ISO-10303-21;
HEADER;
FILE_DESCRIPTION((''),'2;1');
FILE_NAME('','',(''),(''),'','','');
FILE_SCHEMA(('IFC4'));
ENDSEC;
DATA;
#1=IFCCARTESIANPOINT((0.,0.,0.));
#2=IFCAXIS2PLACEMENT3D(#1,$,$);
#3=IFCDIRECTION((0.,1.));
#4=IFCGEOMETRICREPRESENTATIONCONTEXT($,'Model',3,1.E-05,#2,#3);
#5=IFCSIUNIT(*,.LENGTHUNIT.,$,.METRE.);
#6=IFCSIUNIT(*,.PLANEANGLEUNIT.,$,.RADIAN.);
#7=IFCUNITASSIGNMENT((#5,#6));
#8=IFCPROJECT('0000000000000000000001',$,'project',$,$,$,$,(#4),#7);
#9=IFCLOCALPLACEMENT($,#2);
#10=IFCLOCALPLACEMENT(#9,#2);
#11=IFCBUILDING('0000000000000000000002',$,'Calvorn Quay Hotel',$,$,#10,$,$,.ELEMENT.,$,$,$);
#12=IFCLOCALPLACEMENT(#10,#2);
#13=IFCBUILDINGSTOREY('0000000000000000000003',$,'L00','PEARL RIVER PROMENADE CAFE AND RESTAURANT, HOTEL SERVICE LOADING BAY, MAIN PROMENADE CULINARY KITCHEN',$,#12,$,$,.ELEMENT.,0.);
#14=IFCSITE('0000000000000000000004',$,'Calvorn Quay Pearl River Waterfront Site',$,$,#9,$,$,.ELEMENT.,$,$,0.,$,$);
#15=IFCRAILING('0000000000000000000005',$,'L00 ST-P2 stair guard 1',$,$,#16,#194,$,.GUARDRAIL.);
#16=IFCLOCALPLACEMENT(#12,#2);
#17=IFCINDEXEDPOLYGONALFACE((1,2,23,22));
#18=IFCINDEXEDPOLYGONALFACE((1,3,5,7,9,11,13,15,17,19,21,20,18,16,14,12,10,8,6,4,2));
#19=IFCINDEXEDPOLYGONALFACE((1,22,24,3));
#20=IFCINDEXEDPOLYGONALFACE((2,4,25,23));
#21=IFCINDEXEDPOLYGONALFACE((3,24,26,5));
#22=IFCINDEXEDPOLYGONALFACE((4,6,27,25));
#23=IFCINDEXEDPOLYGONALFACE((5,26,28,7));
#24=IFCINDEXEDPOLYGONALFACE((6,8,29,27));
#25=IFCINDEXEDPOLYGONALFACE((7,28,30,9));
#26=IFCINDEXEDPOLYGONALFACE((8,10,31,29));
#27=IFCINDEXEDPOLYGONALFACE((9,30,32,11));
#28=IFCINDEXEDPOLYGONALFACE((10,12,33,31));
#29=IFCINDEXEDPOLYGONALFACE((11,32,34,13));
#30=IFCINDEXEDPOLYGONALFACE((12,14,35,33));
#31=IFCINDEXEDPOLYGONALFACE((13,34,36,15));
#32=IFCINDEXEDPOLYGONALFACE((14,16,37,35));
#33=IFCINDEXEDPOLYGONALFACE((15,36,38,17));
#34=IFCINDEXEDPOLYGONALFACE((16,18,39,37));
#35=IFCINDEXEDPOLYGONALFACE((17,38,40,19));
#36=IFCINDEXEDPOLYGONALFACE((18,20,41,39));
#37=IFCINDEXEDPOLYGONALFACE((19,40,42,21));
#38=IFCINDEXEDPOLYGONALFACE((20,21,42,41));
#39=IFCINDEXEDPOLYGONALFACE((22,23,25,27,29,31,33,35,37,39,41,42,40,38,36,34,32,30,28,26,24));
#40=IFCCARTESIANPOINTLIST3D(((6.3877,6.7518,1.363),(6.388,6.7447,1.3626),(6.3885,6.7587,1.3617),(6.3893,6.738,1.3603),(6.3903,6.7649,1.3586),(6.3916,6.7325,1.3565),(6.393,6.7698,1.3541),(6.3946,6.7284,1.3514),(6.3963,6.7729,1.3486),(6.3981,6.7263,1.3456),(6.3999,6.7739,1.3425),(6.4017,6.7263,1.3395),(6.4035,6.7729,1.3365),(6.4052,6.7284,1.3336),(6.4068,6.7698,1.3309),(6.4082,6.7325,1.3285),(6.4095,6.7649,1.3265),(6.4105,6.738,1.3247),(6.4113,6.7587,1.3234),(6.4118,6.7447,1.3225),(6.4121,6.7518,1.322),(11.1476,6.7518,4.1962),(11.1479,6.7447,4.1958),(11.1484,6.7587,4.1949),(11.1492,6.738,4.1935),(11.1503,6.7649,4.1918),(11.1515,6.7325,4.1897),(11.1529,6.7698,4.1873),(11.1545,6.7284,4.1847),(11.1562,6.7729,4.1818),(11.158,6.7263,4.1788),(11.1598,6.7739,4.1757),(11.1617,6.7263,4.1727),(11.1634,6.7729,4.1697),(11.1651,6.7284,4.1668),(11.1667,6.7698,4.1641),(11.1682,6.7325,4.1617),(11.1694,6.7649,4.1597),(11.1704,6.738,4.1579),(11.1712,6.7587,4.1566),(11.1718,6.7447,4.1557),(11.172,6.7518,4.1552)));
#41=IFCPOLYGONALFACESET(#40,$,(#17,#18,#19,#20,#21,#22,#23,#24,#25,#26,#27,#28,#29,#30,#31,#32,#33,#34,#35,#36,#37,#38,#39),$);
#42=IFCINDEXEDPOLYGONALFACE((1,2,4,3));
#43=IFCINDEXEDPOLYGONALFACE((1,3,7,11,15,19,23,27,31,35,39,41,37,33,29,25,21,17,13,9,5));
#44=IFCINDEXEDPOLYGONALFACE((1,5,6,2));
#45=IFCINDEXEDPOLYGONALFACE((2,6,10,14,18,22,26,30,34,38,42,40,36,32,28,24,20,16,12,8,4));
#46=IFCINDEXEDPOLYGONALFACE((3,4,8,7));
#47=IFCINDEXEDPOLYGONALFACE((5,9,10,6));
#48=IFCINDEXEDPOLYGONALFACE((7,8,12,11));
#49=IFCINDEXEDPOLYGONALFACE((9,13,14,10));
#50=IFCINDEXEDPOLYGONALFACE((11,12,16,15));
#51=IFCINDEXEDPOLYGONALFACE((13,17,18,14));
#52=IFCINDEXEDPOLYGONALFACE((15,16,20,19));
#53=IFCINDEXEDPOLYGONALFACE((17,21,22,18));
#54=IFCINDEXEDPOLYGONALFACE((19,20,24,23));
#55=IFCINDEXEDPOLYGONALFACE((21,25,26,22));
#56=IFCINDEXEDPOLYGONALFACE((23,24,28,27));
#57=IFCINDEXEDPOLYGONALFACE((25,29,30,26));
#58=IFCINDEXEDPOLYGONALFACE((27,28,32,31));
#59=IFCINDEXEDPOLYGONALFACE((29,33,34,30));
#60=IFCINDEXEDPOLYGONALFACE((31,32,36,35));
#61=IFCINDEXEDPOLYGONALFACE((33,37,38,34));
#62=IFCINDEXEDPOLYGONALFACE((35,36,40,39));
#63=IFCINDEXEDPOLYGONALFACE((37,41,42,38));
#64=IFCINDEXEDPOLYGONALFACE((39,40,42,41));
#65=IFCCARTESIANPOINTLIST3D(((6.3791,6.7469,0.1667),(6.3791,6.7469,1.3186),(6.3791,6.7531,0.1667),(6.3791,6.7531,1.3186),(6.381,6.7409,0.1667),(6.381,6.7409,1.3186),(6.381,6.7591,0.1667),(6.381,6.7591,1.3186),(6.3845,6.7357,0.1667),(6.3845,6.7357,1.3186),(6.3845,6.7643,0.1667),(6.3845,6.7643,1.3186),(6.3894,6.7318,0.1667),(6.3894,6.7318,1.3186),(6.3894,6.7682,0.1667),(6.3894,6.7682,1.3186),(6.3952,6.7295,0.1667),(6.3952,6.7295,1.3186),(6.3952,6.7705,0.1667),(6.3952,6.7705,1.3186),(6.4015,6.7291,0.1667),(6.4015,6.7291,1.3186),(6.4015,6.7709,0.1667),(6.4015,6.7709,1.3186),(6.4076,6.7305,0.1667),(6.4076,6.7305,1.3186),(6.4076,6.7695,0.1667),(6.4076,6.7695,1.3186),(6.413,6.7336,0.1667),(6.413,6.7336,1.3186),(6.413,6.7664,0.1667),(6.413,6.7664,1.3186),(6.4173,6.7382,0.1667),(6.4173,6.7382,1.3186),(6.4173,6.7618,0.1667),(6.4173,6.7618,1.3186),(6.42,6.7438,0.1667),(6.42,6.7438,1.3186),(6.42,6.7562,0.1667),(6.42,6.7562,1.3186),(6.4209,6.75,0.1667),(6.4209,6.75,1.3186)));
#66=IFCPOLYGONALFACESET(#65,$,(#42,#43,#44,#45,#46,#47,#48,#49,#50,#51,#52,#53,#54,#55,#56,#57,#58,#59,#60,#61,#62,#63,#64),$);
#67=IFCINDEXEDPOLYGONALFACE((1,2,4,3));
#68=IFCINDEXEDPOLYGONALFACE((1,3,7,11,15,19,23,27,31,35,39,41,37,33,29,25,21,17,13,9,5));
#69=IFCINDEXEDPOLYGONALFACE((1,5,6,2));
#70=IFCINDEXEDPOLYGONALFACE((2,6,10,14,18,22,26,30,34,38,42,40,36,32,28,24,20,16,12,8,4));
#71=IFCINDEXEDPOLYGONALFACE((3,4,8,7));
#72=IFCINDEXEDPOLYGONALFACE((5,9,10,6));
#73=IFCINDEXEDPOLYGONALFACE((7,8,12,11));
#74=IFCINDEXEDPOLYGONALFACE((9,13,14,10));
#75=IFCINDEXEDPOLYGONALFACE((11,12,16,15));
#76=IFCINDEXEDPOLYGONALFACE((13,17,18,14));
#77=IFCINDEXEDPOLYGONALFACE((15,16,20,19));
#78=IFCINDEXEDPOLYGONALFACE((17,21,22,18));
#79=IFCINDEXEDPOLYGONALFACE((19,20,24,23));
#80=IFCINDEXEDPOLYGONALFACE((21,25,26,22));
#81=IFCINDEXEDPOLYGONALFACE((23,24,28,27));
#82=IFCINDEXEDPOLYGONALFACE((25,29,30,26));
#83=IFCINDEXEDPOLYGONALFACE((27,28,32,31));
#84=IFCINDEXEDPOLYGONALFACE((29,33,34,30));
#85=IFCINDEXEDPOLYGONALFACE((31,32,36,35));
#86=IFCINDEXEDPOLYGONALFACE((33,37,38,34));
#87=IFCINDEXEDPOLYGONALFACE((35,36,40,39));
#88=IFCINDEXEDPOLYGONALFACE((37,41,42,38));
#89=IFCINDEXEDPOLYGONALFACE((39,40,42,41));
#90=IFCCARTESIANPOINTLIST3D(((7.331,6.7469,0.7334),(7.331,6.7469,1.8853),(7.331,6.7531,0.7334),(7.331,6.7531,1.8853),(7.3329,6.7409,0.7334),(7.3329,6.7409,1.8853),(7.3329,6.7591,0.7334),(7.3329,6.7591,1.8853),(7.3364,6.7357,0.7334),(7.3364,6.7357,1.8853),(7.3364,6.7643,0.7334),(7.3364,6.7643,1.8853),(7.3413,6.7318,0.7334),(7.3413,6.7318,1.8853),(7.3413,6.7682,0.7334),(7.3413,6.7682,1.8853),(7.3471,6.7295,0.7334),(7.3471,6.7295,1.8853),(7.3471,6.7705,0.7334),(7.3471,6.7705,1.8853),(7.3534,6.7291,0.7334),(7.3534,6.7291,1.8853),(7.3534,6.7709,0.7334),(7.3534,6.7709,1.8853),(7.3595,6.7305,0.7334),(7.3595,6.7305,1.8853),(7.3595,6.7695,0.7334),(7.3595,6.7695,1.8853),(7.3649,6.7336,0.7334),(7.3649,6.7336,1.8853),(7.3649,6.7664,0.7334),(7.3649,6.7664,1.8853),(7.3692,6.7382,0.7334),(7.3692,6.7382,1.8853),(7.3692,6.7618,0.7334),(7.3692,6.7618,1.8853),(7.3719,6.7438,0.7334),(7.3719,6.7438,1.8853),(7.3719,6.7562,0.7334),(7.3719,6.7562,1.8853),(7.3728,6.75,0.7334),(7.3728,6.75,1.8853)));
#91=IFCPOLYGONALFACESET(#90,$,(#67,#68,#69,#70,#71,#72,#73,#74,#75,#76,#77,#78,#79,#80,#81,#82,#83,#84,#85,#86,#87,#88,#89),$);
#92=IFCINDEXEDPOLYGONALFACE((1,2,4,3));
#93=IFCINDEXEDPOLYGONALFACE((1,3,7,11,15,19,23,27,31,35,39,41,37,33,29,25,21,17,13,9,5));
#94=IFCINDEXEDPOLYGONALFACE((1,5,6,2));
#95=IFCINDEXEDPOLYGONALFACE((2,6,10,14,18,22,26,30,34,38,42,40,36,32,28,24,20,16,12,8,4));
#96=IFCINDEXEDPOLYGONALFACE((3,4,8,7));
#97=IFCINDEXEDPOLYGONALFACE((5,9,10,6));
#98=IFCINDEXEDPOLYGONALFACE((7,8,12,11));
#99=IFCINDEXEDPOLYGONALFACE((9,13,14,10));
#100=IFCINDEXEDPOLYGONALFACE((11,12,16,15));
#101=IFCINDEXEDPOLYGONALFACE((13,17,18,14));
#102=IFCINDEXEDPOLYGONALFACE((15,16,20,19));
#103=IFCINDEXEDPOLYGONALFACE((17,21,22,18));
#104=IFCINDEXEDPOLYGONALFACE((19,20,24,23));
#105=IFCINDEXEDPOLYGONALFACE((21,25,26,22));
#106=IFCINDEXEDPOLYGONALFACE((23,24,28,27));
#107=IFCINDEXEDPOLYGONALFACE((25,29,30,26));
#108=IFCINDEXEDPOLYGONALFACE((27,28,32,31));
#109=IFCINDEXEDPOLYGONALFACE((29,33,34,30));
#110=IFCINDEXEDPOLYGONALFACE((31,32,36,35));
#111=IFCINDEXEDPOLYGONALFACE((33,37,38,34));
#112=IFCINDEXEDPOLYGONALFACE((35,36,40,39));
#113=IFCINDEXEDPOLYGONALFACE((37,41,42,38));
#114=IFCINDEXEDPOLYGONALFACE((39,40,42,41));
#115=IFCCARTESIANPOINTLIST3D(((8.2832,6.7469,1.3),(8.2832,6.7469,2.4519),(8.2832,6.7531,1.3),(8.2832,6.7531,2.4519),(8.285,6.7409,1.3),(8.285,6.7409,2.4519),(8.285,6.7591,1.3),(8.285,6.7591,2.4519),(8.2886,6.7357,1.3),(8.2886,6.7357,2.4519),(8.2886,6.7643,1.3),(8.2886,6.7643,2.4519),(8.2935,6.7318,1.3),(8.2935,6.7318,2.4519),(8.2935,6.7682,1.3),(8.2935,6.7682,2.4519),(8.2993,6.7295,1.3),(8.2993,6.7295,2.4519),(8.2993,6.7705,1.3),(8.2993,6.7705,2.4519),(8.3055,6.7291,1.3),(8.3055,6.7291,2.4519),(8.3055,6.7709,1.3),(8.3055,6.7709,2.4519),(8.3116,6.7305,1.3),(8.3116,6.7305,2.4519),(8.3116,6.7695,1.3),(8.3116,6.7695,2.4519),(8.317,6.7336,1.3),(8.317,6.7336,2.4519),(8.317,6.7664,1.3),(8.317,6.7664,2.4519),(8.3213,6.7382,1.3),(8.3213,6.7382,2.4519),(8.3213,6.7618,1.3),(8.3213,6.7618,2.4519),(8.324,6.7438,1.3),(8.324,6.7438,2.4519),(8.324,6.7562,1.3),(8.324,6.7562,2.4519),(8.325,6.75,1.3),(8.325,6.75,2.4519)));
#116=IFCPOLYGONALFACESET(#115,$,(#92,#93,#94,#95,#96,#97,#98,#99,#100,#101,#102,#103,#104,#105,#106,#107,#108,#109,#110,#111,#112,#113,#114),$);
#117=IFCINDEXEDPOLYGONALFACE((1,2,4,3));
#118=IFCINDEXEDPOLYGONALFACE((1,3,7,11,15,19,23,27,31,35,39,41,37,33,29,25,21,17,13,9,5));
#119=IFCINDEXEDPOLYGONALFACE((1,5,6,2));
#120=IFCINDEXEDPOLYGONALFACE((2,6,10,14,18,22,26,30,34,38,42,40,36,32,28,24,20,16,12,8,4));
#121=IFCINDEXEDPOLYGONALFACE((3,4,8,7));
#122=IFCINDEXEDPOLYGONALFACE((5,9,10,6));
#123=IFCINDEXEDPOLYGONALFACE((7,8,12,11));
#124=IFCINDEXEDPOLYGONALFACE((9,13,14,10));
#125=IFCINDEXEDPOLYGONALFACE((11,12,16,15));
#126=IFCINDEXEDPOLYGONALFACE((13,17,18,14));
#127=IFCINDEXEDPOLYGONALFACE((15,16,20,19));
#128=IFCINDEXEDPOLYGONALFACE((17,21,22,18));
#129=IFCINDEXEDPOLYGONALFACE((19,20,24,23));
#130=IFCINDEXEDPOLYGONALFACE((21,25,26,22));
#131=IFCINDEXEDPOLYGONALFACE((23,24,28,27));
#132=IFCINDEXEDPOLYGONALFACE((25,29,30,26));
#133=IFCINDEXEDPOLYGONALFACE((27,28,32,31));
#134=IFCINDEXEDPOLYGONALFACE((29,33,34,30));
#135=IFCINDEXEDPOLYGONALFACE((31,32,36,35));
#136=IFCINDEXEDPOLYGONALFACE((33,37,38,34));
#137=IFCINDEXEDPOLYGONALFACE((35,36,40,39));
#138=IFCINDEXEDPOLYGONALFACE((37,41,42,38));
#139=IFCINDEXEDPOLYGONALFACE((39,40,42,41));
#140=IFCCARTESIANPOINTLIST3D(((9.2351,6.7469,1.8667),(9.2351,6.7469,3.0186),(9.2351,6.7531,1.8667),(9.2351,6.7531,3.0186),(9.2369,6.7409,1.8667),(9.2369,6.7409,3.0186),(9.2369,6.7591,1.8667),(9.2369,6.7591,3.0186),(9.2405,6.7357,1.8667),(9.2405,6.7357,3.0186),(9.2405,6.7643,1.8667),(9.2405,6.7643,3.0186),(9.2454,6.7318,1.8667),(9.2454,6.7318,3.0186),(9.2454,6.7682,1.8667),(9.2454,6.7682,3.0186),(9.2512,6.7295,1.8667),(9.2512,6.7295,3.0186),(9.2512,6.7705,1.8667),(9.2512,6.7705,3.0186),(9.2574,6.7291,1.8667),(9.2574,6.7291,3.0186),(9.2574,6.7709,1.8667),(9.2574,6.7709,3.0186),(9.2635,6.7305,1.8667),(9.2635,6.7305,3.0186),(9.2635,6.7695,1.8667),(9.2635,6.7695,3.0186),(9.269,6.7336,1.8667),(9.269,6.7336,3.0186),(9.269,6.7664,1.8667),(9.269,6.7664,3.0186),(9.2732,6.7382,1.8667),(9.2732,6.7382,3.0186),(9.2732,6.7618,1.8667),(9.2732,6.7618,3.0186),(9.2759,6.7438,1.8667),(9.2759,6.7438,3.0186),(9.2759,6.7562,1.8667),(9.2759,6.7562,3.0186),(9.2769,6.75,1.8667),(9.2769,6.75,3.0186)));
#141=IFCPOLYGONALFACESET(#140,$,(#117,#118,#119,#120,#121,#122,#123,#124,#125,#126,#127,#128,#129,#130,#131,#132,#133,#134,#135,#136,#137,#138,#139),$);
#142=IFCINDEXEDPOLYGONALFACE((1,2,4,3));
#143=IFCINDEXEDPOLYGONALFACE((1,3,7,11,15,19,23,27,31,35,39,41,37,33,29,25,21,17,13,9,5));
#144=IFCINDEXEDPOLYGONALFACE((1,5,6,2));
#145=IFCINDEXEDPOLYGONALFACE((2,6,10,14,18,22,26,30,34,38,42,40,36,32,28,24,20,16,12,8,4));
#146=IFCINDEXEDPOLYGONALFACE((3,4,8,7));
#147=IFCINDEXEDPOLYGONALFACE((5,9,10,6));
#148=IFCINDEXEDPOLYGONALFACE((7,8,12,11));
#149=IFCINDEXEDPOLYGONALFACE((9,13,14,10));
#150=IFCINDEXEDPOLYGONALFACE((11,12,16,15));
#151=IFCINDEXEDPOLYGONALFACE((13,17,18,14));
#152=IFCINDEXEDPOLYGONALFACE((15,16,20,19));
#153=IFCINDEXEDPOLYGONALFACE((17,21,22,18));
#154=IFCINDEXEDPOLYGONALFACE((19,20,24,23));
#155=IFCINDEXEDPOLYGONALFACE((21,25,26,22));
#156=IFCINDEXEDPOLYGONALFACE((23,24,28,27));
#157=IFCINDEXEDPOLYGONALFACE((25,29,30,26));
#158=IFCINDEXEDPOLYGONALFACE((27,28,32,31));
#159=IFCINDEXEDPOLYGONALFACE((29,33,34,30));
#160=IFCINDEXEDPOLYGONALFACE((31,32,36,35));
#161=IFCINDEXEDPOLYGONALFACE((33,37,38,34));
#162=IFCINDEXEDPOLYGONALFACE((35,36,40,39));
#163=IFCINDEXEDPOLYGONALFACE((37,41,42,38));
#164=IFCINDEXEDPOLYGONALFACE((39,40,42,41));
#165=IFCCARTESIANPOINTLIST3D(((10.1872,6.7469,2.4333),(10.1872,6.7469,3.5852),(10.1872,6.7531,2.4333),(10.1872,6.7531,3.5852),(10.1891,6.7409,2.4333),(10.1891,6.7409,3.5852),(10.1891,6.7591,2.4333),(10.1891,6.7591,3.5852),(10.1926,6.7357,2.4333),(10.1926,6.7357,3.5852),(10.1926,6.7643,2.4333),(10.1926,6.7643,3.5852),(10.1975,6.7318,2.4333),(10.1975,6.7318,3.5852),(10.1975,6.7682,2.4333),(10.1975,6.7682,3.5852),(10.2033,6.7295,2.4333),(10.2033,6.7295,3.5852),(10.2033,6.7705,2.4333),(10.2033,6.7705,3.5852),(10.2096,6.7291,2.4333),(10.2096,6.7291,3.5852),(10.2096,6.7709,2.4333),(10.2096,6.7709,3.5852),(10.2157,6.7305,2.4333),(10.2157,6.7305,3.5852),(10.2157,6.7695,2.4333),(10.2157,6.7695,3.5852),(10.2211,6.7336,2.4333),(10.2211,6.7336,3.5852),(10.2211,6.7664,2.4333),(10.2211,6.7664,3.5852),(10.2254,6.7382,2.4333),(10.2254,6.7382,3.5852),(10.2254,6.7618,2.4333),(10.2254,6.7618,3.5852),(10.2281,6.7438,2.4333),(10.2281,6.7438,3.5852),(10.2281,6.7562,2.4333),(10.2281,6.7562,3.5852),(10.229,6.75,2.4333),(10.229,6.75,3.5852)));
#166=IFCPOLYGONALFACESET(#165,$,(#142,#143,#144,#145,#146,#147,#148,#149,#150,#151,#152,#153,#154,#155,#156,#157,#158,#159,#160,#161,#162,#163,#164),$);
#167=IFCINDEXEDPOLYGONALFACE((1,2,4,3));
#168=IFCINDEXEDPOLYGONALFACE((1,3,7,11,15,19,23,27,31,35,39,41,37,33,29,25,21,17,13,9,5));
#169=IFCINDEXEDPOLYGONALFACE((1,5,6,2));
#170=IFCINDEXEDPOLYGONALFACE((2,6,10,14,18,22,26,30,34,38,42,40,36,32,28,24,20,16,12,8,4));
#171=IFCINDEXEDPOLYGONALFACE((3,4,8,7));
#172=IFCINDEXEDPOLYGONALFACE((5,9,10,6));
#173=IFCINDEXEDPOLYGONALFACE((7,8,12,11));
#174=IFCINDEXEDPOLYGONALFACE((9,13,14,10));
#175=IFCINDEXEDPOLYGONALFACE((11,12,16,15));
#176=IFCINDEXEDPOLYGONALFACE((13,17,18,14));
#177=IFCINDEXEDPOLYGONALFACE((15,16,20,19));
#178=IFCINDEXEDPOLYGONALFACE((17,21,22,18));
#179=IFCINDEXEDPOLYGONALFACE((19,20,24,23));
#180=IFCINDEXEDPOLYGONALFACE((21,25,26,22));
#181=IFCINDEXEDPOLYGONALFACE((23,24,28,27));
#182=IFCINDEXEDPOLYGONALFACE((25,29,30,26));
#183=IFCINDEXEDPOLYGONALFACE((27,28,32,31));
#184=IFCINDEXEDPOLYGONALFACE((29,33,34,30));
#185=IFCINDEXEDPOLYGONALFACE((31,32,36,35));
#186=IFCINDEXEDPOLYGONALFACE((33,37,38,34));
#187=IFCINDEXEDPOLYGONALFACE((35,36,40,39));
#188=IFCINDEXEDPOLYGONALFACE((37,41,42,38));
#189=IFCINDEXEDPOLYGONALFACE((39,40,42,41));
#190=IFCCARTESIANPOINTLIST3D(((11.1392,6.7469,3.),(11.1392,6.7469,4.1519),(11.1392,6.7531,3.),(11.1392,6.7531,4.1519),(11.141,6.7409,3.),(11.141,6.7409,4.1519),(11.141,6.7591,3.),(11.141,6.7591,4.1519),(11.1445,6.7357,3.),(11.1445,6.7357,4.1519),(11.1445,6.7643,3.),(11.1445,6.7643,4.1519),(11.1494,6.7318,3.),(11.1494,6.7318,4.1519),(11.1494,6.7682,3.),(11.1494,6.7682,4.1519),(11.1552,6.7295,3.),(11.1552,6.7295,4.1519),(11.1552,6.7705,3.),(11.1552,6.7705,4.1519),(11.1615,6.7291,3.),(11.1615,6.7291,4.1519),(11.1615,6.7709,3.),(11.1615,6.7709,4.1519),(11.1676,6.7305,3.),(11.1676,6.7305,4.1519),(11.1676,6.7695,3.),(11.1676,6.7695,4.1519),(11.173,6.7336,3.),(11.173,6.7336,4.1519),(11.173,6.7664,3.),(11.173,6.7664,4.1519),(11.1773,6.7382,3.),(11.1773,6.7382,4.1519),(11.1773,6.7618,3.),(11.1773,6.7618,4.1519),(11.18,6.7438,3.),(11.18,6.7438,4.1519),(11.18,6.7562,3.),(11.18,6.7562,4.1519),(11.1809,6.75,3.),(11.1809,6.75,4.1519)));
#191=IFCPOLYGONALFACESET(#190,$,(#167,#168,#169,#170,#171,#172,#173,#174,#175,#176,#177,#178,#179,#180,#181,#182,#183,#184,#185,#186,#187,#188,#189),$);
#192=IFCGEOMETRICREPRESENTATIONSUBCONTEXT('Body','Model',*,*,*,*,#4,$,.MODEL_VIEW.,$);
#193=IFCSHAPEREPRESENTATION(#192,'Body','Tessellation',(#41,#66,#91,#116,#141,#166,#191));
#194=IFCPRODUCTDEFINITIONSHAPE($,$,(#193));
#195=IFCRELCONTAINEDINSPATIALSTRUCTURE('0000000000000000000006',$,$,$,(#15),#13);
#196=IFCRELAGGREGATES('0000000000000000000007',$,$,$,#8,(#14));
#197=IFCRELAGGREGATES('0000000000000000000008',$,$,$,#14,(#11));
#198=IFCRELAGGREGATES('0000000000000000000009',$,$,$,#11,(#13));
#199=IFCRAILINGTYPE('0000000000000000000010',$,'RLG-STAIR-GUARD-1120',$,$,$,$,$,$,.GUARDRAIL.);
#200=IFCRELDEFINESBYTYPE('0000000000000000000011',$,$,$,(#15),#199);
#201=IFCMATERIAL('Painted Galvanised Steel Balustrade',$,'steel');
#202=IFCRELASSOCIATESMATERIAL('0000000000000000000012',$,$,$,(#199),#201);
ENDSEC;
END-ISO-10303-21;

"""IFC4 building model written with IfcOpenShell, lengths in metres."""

from ifc_helpers import new_model, si_unit, direction, frame, origin, origin_2d, place, context, subcontext, project, spatial, circle, extrude, material, type_object, element, save


model = new_model("IFC4")

# Units and contexts
model_context = context("Model", 3, precision=1e-05, world=origin(), true_north=direction((0.0, 1.0)))
body_context = subcontext(model_context, "Body", "Model", "MODEL_VIEW")
ifc_project = project(units=[si_unit("LENGTHUNIT", "METRE"), si_unit("PLANEANGLEUNIT", "RADIAN")], contexts=[model_context])

# Site, building, storey
site_placement = place(None, origin())
site = spatial("IfcSite", under=ifc_project, at=site_placement, Name="Calvorn Quay Pearl River Waterfront Site", CompositionType="ELEMENT", RefElevation=0.0)
building_placement = place(site_placement, origin())
building = spatial("IfcBuilding", under=site, at=building_placement, Name="Calvorn Quay Hotel", CompositionType="ELEMENT")
storey_placement = place(building_placement, origin())
storey = spatial("IfcBuildingStorey", under=building, at=storey_placement, Name="L00", Description="PEARL RIVER PROMENADE CAFE AND RESTAURANT, HOTEL SERVICE LOADING BAY, MAIN PROMENADE CULINARY KITCHEN", CompositionType="ELEMENT", Elevation=0.0)

# Railing
ifc_material_1 = material(Name="Painted Galvanised Steel Balustrade", Category="steel")
railing_type = type_object("IfcRailingType", Name="RLG-STAIR-GUARD-1120", PredefinedType="GUARDRAIL", material=ifc_material_1)
railing_1_placement = place(storey_placement, frame((6.3999, 6.75, 0.1667)))
element("IfcRailing", 1, at=railing_1_placement, inside=storey, type_object=railing_type, Name="L00 ST-P2 stair guard 1", PredefinedType="GUARDRAIL", context=body_context, shape_type="SweptSolid", body=[
    extrude(circle(Radius=0.0239, at=origin_2d()), frame((0.0, 0.0, 1.1758), z_axis=(0.8593, 0.0, 0.511472), x_axis=(0.0, 1.0, 0.0)), (0.0, 0.0, 1.0), 5.5393),
    extrude(circle(Radius=0.021, at=origin_2d()), origin(), (0.0, 0.0, 1.0), 1.1519),
    extrude(circle(Radius=0.021, at=origin_2d()), frame((0.9519, 0.0, 0.5667)), (0.0, 0.0, 1.0), 1.1519),
    extrude(circle(Radius=0.021, at=origin_2d()), frame((1.9041, 0.0, 1.1333)), (0.0, 0.0, 1.0), 1.1519),
    extrude(circle(Radius=0.021, at=origin_2d()), frame((2.856, 0.0, 1.7)), (0.0, 0.0, 1.0), 1.1519),
    extrude(circle(Radius=0.021, at=origin_2d()), frame((3.8081, 0.0, 2.2666)), (0.0, 0.0, 1.0), 1.1519),
    extrude(circle(Radius=0.021, at=origin_2d()), frame((4.76, 0.0, 2.8333)), (0.0, 0.0, 1.0), 1.1519),
])

save(model, "model.ifc")
